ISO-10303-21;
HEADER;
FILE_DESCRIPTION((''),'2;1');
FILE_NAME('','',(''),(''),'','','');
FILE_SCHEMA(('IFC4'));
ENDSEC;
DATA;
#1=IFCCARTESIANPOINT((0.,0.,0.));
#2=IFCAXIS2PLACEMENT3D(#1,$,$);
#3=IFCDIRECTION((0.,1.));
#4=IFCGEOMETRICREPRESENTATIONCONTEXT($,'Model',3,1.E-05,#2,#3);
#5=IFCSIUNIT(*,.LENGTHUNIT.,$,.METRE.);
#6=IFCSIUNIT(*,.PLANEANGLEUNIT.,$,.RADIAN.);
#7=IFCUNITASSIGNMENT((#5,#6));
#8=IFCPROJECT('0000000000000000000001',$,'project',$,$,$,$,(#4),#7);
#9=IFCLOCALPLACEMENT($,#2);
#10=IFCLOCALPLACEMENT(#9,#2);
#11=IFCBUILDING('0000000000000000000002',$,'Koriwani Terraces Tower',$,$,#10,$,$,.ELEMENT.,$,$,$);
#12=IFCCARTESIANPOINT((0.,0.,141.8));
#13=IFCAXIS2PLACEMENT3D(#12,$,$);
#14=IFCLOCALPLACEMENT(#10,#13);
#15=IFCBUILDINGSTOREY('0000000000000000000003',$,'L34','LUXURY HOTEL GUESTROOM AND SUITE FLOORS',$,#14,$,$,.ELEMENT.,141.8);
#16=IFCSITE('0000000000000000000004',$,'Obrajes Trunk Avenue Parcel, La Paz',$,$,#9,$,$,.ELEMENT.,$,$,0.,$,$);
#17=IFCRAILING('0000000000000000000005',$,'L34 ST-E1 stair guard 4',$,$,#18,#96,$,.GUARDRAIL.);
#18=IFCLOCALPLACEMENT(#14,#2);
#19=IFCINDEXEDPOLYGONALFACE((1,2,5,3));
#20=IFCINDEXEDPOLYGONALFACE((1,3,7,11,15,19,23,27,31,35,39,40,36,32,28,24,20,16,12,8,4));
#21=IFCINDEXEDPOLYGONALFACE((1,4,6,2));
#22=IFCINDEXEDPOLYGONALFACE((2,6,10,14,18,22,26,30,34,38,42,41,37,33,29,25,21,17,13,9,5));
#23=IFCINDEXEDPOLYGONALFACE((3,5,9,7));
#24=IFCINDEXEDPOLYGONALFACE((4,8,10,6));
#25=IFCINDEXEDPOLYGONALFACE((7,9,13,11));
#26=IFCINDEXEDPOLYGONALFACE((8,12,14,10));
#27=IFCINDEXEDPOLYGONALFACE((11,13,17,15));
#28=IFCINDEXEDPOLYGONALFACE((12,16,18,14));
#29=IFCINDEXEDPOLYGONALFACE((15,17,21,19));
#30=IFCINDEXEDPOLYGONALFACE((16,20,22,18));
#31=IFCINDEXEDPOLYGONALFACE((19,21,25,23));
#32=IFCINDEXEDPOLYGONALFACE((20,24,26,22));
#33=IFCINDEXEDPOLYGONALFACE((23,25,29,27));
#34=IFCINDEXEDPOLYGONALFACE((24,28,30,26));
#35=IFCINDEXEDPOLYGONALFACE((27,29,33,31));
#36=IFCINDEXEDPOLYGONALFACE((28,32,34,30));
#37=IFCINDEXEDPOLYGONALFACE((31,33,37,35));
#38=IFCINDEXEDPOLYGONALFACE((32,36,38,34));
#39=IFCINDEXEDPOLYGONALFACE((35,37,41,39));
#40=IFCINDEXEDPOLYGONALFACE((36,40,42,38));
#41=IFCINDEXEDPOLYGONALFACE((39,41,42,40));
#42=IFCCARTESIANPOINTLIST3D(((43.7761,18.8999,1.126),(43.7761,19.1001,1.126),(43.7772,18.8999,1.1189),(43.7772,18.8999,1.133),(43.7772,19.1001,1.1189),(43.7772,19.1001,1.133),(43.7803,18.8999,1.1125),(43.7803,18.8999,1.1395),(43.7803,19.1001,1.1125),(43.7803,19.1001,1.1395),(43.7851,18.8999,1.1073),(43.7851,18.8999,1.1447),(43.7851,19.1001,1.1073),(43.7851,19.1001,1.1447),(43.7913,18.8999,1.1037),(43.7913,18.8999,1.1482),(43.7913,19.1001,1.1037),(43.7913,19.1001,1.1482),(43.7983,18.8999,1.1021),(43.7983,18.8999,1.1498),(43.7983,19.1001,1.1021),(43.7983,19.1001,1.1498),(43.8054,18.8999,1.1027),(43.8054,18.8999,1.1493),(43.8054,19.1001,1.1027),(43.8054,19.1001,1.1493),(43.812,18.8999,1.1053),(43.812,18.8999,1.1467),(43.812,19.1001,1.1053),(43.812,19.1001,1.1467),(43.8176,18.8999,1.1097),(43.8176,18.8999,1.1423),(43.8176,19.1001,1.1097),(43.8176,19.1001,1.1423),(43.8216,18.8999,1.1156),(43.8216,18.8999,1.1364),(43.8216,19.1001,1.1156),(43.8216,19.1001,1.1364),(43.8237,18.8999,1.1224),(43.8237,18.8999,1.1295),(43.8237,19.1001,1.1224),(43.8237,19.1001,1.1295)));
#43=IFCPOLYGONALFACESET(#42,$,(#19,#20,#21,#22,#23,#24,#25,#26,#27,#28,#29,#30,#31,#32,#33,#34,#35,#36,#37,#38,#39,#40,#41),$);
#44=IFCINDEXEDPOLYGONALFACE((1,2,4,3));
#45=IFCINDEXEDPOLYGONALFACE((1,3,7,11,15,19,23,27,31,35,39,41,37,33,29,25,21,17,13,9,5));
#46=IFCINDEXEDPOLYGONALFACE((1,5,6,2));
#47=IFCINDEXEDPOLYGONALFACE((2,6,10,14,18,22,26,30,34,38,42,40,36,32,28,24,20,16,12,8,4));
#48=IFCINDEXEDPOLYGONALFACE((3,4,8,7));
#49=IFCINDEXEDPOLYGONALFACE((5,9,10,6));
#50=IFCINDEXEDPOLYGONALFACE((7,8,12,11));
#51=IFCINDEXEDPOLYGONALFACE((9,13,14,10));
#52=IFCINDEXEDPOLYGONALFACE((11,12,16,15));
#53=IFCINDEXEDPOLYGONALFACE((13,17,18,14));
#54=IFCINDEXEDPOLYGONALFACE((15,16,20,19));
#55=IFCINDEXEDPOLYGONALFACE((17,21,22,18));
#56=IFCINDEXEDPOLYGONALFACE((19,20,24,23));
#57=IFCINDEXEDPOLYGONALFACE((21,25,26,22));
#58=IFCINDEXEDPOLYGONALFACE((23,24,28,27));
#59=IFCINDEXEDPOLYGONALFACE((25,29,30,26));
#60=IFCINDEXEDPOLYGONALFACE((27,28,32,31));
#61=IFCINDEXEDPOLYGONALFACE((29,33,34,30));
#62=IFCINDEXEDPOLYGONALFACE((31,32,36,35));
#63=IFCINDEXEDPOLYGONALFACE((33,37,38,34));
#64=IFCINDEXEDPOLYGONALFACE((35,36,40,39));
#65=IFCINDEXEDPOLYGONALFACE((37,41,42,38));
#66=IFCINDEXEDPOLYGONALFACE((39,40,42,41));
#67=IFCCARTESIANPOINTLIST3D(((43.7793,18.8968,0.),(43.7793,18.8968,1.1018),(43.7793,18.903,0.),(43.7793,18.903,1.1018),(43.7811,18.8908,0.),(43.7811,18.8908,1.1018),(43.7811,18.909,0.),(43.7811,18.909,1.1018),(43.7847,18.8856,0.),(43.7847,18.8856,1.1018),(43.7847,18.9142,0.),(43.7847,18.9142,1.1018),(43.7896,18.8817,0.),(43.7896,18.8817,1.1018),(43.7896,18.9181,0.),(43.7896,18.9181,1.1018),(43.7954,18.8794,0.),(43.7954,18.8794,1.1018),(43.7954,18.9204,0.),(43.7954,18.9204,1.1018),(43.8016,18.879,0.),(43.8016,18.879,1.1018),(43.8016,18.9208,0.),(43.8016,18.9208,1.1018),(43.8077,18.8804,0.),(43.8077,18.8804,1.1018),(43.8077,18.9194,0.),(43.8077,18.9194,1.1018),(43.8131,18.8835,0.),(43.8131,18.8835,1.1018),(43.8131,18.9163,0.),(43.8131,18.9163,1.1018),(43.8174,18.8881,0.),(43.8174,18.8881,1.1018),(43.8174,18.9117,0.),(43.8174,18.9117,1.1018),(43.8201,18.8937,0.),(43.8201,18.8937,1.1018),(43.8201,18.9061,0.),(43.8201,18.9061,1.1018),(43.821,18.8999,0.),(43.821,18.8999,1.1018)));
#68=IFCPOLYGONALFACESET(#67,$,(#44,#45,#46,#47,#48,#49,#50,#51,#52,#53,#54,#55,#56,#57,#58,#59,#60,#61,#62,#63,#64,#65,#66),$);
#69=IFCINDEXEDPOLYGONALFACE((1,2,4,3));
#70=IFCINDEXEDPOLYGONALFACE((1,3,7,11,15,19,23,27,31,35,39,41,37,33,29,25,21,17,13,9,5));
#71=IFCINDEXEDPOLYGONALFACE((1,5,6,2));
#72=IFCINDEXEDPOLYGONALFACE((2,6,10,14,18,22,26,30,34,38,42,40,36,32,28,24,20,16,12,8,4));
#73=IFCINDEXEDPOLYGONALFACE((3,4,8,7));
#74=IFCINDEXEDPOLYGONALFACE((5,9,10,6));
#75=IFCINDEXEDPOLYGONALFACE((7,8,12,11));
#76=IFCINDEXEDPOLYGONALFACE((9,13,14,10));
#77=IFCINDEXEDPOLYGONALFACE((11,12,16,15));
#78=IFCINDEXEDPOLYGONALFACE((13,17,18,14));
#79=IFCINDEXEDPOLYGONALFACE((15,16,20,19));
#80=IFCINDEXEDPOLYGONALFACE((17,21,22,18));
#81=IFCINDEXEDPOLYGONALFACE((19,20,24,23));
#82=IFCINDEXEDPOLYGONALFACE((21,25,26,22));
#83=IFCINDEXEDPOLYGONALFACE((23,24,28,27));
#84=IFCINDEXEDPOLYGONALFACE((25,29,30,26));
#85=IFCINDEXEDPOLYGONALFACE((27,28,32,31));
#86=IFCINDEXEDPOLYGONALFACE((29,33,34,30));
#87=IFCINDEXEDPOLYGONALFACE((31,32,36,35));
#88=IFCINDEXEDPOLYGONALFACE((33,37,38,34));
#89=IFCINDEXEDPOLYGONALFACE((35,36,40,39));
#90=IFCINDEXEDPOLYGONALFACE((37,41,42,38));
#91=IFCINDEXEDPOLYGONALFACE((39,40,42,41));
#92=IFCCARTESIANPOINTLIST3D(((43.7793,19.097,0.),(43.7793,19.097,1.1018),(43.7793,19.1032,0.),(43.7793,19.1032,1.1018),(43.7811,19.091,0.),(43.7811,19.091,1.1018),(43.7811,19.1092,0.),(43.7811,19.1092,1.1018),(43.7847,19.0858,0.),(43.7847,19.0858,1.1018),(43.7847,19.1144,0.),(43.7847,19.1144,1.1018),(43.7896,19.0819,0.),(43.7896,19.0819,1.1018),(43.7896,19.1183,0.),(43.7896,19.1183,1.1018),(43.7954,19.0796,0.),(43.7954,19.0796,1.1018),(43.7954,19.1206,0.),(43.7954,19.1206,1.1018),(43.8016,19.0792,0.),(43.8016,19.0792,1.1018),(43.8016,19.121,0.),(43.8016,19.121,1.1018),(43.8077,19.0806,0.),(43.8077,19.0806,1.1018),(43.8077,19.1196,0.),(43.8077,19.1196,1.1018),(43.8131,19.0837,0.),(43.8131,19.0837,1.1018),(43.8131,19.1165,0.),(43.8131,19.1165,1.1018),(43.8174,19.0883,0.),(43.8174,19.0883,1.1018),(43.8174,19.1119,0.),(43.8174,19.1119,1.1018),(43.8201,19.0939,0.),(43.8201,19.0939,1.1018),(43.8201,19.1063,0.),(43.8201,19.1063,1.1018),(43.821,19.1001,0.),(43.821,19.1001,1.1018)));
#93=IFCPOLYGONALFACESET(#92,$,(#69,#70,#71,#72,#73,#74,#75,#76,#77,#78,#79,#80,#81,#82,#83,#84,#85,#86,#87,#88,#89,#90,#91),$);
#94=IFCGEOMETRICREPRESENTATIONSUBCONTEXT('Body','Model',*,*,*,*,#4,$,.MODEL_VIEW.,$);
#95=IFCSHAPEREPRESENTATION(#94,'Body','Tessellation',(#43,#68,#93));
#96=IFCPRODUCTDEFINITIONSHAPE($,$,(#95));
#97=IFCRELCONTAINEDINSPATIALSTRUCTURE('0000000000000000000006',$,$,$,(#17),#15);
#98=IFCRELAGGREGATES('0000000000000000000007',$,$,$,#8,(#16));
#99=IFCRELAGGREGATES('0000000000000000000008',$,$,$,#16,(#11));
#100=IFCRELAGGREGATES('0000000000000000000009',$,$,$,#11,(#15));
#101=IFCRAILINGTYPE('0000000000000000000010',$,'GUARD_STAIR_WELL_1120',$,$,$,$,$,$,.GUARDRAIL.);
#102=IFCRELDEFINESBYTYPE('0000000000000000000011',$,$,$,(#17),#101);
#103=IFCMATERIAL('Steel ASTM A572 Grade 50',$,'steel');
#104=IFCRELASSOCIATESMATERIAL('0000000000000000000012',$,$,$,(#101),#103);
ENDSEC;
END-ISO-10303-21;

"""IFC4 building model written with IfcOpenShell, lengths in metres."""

from ifc_helpers import new_model, si_unit, direction, frame, origin, origin_2d, place, context, subcontext, project, spatial, circle, extrude, material, type_object, element, save


model = new_model("IFC4")

# Units and contexts
model_context = context("Model", 3, precision=1e-05, world=origin(), true_north=direction((0.0, 1.0)))
body_context = subcontext(model_context, "Body", "Model", "MODEL_VIEW")
ifc_project = project(units=[si_unit("LENGTHUNIT", "METRE"), si_unit("PLANEANGLEUNIT", "RADIAN")], contexts=[model_context])

# Site, building, storey
site_placement = place(None, origin())
site = spatial("IfcSite", under=ifc_project, at=site_placement, Name="Obrajes Trunk Avenue Parcel, La Paz", CompositionType="ELEMENT", RefElevation=0.0)
building_placement = place(site_placement, origin())
building = spatial("IfcBuilding", under=site, at=building_placement, Name="Koriwani Terraces Tower", CompositionType="ELEMENT")
storey_placement = place(building_placement, frame((0.0, 0.0, 141.8)))
storey = spatial("IfcBuildingStorey", under=building, at=storey_placement, Name="L34", Description="LUXURY HOTEL GUESTROOM AND SUITE FLOORS", CompositionType="ELEMENT", Elevation=141.8)

# Shared definitions
ifc_material_1 = material(Name="Steel ASTM A572 Grade 50", Category="steel")

# Railing
railing_type_1 = type_object("IfcRailingType", Name="GUARD_STAIR_WELL_1120", PredefinedType="GUARDRAIL", material=ifc_material_1)
railing_1_placement = place(storey_placement, frame((43.8, 18.8999, 0.0)))
element("IfcRailing", 1, at=railing_1_placement, inside=storey, type_object=railing_type_1, Name="L34 ST-E1 stair guard 4", PredefinedType="GUARDRAIL", context=body_context, shape_type="SweptSolid", body=[
    extrude(circle(Radius=0.0239, at=origin_2d()), frame((0.0, 0.0, 1.126), z_axis=(0.0, 1.0, 0.0), x_axis=(-1.0, 0.0, 0.0)), (0.0, 0.0, 1.0), 0.2002),
    extrude(circle(Radius=0.021, at=origin_2d()), origin(), (0.0, 0.0, 1.0), 1.1018),
    extrude(circle(Radius=0.021, at=origin_2d()), frame((0.0, 0.2002, 0.0)), (0.0, 0.0, 1.0), 1.1018),
])

save(model, "model.ifc")
